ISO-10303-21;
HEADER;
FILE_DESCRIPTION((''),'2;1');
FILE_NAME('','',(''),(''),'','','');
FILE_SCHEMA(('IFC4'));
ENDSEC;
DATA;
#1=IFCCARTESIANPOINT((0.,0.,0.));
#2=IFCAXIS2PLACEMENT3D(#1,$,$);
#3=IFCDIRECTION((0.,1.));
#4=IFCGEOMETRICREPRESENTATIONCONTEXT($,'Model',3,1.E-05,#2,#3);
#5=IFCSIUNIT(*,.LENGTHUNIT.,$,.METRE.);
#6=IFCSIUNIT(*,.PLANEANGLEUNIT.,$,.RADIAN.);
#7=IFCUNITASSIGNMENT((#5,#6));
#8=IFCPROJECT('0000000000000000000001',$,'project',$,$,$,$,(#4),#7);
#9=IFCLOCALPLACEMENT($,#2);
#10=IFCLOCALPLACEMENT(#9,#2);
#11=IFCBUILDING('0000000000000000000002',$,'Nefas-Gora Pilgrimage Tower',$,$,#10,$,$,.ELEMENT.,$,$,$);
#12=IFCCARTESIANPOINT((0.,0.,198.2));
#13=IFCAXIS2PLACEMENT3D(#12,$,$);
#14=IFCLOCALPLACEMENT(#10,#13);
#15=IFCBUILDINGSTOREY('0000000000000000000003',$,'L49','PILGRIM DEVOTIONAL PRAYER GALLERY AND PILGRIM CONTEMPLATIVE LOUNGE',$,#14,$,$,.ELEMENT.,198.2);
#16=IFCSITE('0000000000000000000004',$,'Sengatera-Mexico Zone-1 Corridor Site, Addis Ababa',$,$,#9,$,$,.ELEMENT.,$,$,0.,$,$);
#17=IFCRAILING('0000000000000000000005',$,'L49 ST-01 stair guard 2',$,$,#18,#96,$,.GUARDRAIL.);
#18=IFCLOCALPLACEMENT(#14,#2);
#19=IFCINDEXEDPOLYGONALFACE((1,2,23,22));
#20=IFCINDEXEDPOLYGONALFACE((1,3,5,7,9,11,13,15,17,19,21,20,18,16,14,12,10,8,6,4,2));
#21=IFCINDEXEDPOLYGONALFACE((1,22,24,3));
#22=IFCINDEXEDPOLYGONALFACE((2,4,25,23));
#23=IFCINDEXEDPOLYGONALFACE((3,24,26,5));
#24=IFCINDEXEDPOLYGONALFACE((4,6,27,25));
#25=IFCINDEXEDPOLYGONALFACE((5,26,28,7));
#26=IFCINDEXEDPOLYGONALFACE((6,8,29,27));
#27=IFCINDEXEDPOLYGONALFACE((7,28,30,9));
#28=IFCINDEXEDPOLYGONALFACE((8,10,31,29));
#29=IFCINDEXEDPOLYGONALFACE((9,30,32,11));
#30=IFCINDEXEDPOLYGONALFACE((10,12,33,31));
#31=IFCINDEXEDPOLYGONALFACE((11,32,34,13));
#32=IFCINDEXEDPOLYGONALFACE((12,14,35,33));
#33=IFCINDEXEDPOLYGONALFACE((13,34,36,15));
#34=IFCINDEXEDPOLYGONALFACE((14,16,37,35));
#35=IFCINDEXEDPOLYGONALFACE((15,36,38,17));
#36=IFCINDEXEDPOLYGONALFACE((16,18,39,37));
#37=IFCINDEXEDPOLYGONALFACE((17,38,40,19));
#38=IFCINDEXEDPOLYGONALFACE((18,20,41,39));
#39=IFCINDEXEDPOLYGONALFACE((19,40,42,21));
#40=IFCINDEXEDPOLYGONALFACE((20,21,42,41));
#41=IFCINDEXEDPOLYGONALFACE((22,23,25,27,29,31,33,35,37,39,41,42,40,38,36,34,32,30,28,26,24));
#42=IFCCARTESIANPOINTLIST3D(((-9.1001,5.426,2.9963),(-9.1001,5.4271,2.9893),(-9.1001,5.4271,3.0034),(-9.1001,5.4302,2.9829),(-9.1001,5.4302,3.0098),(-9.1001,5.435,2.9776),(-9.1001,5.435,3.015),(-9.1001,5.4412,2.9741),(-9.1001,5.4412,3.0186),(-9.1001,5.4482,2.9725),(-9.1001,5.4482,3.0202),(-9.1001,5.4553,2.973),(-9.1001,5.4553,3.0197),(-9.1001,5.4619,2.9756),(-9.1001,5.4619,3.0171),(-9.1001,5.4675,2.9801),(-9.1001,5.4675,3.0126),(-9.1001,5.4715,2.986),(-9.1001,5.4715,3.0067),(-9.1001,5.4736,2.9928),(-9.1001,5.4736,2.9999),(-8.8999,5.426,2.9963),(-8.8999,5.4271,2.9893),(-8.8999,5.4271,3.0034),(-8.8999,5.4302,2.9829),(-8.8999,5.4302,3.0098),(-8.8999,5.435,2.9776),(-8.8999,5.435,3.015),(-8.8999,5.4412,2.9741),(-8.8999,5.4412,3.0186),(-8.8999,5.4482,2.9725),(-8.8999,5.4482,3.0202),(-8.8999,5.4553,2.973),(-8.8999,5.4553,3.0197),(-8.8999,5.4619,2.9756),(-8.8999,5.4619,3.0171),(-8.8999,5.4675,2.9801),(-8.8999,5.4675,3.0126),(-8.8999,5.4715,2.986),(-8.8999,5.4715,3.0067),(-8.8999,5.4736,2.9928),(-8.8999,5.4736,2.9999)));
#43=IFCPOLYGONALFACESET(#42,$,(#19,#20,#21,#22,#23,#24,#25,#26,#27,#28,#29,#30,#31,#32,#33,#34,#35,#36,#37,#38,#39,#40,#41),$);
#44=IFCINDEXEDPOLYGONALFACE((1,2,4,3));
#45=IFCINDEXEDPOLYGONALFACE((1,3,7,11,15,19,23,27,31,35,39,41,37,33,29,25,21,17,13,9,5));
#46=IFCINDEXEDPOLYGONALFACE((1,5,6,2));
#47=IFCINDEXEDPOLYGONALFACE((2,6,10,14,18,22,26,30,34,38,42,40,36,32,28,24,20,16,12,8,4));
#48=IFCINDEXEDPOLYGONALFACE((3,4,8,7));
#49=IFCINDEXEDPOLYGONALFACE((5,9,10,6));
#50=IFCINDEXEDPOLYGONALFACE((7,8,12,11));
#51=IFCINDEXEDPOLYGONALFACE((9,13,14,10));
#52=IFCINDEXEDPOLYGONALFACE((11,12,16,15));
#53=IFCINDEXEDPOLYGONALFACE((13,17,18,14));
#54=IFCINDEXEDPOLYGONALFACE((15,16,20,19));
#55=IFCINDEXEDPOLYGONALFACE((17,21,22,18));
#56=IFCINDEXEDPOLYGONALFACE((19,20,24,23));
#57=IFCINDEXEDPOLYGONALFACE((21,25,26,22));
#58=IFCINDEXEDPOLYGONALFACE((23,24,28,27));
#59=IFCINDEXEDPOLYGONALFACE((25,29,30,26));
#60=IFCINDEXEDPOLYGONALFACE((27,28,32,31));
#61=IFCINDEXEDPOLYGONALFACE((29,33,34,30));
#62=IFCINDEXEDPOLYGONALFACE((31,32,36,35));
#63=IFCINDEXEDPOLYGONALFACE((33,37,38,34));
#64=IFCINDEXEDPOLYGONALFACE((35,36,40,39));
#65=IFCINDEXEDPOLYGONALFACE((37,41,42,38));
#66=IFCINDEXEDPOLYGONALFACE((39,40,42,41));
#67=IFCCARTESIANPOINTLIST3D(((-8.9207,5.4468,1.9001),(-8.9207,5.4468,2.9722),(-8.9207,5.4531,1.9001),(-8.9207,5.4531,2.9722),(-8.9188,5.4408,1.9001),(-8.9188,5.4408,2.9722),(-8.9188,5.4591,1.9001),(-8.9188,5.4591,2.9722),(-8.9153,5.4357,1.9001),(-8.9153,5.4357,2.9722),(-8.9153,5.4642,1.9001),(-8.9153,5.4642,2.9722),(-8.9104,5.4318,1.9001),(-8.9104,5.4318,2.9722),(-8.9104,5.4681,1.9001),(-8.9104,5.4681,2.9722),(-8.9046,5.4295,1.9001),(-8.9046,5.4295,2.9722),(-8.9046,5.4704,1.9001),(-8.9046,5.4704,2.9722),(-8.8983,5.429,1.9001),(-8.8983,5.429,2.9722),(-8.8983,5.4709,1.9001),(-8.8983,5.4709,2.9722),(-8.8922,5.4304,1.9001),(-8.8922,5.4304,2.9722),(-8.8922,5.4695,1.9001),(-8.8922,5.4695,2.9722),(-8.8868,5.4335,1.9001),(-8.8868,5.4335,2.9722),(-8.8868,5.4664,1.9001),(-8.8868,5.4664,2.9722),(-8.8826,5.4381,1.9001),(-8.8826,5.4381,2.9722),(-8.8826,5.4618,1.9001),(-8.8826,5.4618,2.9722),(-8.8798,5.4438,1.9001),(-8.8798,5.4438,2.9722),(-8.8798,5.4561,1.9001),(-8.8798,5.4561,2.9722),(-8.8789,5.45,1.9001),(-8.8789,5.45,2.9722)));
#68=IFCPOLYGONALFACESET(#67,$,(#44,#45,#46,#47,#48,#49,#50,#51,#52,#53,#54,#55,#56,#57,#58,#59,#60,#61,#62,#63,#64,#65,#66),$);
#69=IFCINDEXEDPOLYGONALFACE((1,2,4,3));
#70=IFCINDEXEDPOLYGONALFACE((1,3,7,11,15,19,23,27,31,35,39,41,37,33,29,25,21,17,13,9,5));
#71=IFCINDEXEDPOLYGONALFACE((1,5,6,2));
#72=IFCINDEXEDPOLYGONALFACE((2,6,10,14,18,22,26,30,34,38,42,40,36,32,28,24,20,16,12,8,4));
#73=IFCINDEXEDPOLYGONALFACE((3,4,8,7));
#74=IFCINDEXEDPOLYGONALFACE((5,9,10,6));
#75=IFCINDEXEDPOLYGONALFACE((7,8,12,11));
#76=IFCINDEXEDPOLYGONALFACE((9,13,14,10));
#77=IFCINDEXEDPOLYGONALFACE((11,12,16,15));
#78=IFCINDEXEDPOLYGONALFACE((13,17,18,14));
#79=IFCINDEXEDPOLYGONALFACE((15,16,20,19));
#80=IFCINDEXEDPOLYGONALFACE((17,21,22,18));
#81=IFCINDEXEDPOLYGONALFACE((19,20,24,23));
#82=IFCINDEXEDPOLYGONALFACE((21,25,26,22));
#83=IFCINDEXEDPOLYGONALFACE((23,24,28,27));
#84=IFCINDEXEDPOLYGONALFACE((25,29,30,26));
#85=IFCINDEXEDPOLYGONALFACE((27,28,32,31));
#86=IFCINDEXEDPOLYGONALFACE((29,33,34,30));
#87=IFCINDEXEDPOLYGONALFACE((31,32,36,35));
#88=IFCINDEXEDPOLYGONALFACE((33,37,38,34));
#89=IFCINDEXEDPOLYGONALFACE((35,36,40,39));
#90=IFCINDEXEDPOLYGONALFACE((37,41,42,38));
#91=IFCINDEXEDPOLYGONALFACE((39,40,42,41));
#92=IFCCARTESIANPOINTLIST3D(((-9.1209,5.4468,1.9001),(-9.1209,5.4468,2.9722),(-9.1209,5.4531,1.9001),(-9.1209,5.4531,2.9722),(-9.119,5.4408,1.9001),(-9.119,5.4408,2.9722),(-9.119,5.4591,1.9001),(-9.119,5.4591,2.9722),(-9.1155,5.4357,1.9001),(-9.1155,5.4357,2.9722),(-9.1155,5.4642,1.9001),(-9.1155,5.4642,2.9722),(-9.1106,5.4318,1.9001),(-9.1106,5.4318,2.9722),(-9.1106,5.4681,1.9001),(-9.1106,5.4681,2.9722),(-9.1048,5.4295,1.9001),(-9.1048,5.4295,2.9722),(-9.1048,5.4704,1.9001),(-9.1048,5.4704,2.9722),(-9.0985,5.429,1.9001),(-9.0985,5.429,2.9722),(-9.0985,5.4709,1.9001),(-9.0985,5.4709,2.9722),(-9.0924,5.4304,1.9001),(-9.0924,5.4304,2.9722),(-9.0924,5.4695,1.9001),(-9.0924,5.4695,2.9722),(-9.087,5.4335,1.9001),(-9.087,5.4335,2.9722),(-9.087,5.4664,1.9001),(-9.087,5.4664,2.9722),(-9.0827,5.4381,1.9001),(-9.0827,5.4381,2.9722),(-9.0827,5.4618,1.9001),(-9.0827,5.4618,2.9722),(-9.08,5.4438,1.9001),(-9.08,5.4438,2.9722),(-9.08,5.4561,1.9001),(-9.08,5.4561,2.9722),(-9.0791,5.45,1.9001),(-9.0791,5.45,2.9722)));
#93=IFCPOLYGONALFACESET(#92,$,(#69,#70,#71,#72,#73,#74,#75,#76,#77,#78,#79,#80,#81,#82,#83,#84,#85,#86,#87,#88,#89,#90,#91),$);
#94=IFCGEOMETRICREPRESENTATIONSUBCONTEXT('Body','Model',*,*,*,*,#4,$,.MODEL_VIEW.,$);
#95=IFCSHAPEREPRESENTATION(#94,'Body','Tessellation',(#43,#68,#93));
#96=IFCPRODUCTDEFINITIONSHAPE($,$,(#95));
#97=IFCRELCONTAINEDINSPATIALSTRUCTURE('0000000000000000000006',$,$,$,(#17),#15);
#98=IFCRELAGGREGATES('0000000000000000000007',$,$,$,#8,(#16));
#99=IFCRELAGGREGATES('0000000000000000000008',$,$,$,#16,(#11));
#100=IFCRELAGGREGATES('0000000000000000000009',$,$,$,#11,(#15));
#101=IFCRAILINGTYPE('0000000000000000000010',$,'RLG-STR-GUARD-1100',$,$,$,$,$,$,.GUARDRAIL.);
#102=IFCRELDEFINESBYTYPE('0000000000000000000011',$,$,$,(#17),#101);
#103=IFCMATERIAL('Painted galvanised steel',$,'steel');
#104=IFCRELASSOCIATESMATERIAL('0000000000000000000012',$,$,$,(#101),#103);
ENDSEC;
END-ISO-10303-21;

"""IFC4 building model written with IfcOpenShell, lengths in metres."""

from ifc_helpers import new_model, si_unit, direction, frame, origin, origin_2d, place, context, subcontext, project, spatial, circle, extrude, material, type_object, element, save


model = new_model("IFC4")

# Units and contexts
model_context = context("Model", 3, precision=1e-05, world=origin(), true_north=direction((0.0, 1.0)))
body_context = subcontext(model_context, "Body", "Model", "MODEL_VIEW")
ifc_project = project(units=[si_unit("LENGTHUNIT", "METRE"), si_unit("PLANEANGLEUNIT", "RADIAN")], contexts=[model_context])

# Site, building, storey
site_placement = place(None, origin())
site = spatial("IfcSite", under=ifc_project, at=site_placement, Name="Sengatera-Mexico Zone-1 Corridor Site, Addis Ababa", CompositionType="ELEMENT", RefElevation=0.0)
building_placement = place(site_placement, origin())
building = spatial("IfcBuilding", under=site, at=building_placement, Name="Nefas-Gora Pilgrimage Tower", CompositionType="ELEMENT")
storey_placement = place(building_placement, frame((0.0, 0.0, 198.2)))
storey = spatial("IfcBuildingStorey", under=building, at=storey_placement, Name="L49", Description="PILGRIM DEVOTIONAL PRAYER GALLERY AND PILGRIM CONTEMPLATIVE LOUNGE", CompositionType="ELEMENT", Elevation=198.2)

# Railing
ifc_material_1 = material(Name="Painted galvanised steel", Category="steel")
railing_type_1 = type_object("IfcRailingType", Name="RLG-STR-GUARD-1100", PredefinedType="GUARDRAIL", material=ifc_material_1)
railing_1_placement = place(storey_placement, frame((-8.8999, 5.45, 1.9001)))
element("IfcRailing", 1, at=railing_1_placement, inside=storey, type_object=railing_type_1, Name="L49 ST-01 stair guard 2", PredefinedType="GUARDRAIL", context=body_context, shape_type="SweptSolid", body=[
    extrude(circle(Radius=0.0239, at=origin_2d()), frame((0.0, 0.0, 1.0962), z_axis=(-1.0, 0.0, 0.0), x_axis=(0.0, -1.0, 0.0)), (0.0, 0.0, 1.0), 0.2002),
    extrude(circle(Radius=0.021, at=origin_2d()), origin(), (0.0, 0.0, 1.0), 1.072),
    extrude(circle(Radius=0.021, at=origin_2d()), frame((-0.2002, 0.0, 0.0)), (0.0, 0.0, 1.0), 1.072),
])

save(model, "model.ifc")
